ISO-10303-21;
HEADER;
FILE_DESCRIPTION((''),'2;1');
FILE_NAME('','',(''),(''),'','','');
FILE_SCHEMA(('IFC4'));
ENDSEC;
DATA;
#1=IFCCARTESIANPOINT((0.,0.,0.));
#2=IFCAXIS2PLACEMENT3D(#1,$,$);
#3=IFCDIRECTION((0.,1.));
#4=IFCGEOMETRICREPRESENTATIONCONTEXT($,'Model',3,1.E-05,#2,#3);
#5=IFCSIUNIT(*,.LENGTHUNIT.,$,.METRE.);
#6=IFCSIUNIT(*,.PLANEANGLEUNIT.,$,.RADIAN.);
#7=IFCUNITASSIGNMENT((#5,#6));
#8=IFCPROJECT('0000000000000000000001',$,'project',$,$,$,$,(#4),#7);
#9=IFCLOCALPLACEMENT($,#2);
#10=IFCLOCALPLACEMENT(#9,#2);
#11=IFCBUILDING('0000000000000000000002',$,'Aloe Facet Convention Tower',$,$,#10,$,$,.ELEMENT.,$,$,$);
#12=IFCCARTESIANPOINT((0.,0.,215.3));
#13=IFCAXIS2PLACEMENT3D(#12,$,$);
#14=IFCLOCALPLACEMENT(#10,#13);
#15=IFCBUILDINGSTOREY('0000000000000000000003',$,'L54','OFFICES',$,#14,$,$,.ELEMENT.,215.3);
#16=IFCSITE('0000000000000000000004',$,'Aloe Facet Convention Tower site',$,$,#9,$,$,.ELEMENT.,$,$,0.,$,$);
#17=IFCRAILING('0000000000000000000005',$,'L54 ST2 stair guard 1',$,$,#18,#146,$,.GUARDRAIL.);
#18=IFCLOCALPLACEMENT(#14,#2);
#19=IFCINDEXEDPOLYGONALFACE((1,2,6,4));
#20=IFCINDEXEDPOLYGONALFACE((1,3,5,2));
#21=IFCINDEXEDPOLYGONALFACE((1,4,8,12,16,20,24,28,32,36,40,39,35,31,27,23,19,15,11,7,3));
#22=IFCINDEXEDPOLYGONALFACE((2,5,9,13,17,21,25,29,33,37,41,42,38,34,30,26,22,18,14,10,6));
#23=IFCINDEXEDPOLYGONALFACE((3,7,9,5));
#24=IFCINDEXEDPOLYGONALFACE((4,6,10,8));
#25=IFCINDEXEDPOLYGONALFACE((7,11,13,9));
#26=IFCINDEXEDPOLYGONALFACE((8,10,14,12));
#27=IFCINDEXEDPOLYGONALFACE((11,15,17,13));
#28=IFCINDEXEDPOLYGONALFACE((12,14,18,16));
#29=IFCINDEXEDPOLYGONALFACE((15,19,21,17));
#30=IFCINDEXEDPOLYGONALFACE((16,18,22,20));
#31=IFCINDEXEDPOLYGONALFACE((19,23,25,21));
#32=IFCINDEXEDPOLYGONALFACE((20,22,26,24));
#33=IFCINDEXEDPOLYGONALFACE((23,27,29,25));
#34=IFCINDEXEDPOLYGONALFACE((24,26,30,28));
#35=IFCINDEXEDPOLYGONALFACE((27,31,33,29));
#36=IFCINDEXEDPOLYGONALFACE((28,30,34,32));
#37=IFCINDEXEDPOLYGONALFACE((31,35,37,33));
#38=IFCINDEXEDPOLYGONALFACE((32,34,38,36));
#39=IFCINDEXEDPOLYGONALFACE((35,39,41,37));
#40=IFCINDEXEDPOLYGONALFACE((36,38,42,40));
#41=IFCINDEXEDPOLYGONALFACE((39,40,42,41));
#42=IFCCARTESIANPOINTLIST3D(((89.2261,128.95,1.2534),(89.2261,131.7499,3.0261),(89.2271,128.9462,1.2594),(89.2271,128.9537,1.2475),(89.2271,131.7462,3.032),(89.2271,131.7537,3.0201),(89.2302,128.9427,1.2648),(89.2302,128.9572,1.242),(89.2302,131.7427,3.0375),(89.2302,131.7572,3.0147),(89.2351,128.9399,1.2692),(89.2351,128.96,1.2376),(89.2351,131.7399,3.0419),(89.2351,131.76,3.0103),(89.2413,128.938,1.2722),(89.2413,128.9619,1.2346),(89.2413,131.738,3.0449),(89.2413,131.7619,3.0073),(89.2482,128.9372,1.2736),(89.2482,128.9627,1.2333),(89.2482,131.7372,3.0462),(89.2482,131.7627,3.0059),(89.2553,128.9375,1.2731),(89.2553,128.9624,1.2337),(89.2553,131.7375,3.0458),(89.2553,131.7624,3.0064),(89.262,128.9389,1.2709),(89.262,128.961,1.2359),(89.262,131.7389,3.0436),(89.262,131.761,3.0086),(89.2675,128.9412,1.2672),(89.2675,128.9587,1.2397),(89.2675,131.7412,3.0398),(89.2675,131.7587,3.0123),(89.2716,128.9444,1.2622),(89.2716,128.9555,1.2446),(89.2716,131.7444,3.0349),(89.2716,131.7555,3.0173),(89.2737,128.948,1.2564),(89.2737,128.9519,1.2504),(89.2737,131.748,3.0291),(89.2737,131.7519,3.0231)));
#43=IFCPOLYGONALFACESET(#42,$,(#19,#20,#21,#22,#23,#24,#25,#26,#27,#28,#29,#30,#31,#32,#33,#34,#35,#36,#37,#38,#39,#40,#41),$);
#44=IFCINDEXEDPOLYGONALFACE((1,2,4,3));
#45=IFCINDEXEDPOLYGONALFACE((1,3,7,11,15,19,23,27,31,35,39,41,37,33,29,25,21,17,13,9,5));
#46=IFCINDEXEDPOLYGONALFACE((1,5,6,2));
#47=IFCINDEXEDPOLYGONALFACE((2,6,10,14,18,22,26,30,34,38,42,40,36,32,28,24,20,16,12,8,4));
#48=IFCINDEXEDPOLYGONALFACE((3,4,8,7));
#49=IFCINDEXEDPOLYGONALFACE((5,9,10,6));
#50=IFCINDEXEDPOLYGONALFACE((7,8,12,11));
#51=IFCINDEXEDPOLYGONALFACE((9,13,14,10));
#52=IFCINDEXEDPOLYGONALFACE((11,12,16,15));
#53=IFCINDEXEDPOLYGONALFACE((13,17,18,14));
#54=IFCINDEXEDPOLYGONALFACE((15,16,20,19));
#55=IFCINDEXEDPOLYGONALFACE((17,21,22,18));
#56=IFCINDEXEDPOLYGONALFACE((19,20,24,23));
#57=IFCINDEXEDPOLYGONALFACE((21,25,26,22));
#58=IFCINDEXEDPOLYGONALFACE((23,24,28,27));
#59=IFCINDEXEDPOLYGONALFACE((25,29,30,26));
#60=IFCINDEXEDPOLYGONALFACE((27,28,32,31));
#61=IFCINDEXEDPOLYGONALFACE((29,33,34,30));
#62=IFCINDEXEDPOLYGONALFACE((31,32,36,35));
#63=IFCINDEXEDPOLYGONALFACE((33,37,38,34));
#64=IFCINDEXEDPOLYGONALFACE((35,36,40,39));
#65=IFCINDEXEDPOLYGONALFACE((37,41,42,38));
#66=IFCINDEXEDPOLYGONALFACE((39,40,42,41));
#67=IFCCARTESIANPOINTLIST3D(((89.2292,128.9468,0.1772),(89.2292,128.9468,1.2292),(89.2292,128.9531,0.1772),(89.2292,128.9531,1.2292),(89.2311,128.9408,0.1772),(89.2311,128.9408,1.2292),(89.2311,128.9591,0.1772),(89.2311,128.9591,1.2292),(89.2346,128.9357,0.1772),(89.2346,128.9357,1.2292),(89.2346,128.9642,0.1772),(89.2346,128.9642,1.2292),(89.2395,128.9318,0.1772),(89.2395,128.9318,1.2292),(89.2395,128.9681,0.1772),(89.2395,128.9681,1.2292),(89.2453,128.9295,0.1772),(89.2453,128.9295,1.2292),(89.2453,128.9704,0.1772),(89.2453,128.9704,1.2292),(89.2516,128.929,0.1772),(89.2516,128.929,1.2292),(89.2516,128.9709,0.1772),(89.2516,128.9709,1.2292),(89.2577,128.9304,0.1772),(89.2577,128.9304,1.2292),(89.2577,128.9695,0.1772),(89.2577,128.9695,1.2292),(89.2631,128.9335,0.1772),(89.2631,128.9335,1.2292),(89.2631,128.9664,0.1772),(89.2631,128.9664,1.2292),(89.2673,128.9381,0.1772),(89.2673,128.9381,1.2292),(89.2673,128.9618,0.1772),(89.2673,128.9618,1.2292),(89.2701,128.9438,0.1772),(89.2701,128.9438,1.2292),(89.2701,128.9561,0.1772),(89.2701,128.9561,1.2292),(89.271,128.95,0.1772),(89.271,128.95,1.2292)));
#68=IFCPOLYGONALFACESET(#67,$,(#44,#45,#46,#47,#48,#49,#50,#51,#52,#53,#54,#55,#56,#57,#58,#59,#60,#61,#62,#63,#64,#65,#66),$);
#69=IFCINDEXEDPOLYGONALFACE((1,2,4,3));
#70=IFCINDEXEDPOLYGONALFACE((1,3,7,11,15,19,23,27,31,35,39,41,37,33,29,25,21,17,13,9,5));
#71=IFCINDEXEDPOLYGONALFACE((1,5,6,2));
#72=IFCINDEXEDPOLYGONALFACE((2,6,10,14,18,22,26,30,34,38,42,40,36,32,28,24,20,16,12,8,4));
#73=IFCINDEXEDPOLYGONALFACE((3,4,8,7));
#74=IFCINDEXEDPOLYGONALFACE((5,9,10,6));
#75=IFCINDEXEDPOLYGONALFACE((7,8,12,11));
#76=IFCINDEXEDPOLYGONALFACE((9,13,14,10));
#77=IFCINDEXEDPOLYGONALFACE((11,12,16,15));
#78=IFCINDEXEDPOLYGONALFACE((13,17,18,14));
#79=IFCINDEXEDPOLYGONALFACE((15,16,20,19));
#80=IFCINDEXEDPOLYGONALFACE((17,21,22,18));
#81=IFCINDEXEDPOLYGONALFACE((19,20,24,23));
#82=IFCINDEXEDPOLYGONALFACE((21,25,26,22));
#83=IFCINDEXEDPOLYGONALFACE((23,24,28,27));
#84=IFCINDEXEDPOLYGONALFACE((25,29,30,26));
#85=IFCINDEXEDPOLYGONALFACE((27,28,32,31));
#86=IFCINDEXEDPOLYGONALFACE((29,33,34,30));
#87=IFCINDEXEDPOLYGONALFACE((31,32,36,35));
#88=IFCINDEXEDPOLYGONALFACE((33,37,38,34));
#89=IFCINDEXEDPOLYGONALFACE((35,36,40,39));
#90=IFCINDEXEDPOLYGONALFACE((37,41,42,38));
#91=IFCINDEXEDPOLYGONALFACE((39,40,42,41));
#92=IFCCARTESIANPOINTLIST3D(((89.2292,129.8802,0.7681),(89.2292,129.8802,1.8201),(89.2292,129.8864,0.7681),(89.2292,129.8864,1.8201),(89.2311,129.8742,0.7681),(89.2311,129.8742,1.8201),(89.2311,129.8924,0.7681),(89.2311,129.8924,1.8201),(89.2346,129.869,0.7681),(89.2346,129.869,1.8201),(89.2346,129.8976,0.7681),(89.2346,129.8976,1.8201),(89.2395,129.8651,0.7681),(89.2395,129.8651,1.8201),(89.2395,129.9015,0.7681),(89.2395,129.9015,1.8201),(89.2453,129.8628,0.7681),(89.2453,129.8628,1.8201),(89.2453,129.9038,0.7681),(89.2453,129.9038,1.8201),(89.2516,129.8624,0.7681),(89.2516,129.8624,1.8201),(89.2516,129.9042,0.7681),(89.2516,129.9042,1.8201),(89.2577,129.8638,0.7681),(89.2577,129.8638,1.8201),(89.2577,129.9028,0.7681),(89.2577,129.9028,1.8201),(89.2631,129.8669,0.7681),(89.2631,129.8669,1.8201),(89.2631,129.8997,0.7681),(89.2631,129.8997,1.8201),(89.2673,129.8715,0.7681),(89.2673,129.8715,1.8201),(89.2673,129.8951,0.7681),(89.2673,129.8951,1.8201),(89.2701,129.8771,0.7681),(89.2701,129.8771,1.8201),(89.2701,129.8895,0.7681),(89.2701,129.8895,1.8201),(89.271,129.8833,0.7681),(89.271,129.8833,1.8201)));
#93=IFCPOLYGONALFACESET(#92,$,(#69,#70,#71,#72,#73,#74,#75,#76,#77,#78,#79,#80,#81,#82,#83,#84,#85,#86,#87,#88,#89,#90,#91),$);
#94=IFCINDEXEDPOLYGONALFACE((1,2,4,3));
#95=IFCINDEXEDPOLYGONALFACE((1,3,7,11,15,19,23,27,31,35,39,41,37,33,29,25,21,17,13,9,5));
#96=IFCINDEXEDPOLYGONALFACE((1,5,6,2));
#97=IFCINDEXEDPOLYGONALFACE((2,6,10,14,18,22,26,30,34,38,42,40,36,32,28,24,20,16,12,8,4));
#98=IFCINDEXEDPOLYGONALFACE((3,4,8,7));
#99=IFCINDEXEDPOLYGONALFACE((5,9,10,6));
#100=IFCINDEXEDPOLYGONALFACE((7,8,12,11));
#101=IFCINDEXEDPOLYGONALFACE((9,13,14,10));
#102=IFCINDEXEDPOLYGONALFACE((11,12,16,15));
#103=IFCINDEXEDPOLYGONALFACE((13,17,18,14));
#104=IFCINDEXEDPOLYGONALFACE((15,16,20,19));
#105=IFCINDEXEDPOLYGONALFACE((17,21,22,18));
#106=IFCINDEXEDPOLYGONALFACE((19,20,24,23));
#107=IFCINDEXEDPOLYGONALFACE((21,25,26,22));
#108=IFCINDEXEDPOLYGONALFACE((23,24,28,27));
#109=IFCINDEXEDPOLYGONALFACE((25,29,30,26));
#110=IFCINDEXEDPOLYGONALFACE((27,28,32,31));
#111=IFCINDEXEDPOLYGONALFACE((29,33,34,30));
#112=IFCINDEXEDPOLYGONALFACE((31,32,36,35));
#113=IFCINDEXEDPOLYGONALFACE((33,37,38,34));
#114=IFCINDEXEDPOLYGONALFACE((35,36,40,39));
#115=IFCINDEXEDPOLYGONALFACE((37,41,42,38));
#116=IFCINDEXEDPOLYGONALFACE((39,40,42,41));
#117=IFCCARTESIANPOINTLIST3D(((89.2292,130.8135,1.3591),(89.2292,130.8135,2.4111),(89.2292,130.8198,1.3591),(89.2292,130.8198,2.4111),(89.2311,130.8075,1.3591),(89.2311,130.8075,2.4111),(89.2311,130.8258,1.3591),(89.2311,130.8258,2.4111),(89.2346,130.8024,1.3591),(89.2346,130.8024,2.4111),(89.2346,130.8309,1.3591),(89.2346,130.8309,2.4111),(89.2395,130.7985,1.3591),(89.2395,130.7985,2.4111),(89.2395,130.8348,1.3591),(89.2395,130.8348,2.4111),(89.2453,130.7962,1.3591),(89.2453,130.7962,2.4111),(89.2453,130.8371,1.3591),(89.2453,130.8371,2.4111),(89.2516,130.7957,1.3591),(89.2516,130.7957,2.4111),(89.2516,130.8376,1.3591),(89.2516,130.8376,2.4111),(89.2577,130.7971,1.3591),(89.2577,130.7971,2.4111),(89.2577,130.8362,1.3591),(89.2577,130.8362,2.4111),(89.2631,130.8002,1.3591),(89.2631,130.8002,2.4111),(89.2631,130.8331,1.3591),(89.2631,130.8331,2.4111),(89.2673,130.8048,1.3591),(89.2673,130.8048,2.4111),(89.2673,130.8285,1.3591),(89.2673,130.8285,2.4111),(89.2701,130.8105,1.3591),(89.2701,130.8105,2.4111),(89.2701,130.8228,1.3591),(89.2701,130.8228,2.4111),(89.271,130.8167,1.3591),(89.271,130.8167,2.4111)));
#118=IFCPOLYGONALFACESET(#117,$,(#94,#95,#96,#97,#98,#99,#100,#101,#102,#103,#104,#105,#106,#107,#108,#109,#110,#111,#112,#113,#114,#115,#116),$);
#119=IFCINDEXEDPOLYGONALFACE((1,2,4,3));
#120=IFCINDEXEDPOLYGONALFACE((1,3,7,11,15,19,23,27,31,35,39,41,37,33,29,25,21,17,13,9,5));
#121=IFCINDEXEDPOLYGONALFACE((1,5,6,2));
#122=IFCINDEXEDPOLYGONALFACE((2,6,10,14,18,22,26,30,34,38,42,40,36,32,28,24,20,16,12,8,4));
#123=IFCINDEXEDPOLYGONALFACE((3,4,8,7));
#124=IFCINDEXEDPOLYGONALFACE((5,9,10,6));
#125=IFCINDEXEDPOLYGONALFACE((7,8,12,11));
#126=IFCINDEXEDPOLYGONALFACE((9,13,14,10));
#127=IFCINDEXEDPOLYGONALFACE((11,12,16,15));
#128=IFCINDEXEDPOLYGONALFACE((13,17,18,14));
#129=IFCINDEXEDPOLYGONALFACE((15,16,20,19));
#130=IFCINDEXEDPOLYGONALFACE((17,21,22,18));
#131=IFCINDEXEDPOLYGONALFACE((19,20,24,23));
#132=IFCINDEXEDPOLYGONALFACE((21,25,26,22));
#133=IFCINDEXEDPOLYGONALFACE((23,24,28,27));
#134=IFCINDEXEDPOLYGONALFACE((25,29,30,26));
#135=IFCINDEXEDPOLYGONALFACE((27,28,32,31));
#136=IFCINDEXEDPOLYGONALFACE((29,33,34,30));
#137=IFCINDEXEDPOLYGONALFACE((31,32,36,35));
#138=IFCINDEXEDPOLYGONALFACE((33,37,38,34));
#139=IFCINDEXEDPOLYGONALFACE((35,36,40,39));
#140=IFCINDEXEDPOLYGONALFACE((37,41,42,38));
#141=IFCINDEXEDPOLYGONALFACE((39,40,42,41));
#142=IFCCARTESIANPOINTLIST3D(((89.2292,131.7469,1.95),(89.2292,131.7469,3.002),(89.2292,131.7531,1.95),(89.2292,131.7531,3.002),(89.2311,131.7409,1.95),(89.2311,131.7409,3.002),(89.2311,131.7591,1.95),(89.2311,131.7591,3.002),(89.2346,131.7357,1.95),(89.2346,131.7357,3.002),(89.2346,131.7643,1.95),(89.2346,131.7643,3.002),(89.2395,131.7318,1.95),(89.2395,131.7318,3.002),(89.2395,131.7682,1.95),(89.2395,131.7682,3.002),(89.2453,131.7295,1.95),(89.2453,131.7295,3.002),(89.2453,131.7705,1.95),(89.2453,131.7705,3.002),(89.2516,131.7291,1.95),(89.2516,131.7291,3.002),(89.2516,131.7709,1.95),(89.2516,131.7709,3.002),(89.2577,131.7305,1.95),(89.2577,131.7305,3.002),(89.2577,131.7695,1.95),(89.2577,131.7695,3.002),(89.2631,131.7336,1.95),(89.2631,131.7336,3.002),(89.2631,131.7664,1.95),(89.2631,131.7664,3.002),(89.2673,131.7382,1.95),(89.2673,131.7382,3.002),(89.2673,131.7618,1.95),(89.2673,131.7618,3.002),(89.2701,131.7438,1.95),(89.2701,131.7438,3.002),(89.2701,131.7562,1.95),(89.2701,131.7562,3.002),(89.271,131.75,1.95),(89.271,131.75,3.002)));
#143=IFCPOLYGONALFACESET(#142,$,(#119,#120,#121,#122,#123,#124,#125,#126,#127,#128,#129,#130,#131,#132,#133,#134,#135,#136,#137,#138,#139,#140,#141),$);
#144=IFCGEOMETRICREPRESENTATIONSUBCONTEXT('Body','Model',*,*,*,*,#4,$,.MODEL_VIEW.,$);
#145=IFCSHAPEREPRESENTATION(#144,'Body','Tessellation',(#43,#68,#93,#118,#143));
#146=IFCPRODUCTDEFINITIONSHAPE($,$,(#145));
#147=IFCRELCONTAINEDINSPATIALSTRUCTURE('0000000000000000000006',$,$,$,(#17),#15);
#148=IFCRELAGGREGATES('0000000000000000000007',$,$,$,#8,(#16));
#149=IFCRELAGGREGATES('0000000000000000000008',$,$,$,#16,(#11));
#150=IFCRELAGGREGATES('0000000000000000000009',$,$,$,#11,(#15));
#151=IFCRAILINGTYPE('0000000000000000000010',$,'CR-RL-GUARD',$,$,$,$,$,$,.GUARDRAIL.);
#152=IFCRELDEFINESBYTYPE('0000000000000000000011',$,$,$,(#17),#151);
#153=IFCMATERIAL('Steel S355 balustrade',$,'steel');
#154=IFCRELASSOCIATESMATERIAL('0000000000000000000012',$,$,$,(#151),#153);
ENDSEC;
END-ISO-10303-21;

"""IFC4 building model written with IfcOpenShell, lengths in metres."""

from ifc_helpers import new_model, si_unit, direction, frame, origin, origin_2d, place, context, subcontext, project, spatial, circle, extrude, material, type_object, element, save


model = new_model("IFC4")

# Units and contexts
model_context = context("Model", 3, precision=1e-05, world=origin(), true_north=direction((0.0, 1.0)))
body_context = subcontext(model_context, "Body", "Model", "MODEL_VIEW")
ifc_project = project(units=[si_unit("LENGTHUNIT", "METRE"), si_unit("PLANEANGLEUNIT", "RADIAN")], contexts=[model_context])

# Site, building, storey
site_placement = place(None, origin())
site = spatial("IfcSite", under=ifc_project, at=site_placement, Name="Aloe Facet Convention Tower site", CompositionType="ELEMENT", RefElevation=0.0)
building_placement = place(site_placement, origin())
building = spatial("IfcBuilding", under=site, at=building_placement, Name="Aloe Facet Convention Tower", CompositionType="ELEMENT")
storey_placement = place(building_placement, frame((0.0, 0.0, 215.3)))
storey = spatial("IfcBuildingStorey", under=building, at=storey_placement, Name="L54", Description="OFFICES", CompositionType="ELEMENT", Elevation=215.3)

# Railing
ifc_material_1 = material(Name="Steel S355 balustrade", Category="steel")
railing_type = type_object("IfcRailingType", Name="CR-RL-GUARD", PredefinedType="GUARDRAIL", material=ifc_material_1)
railing_1_placement = place(storey_placement, frame((89.25, 128.95, 0.1772)))
element("IfcRailing", 1, at=railing_1_placement, inside=storey, type_object=railing_type, Name="L54 ST2 stair guard 1", PredefinedType="GUARDRAIL", context=body_context, shape_type="SweptSolid", body=[
    extrude(circle(Radius=0.0239, at=origin_2d()), frame((0.0, 0.0, 1.0762), z_axis=(0.0, 0.844909, 0.53491), x_axis=(-1.0, 0.0, 0.0)), (0.0, 0.0, 1.0), 3.314),
    extrude(circle(Radius=0.021, at=origin_2d()), origin(), (0.0, 0.0, 1.0), 1.052),
    extrude(circle(Radius=0.021, at=origin_2d()), frame((0.0, 0.9333, 0.5908)), (0.0, 0.0, 1.0), 1.052),
    extrude(circle(Radius=0.021, at=origin_2d()), frame((0.0, 1.8667, 1.1819)), (0.0, 0.0, 1.0), 1.052),
    extrude(circle(Radius=0.021, at=origin_2d()), frame((0.0, 2.8, 1.7727)), (0.0, 0.0, 1.0), 1.052),
])

save(model, "model.ifc")
